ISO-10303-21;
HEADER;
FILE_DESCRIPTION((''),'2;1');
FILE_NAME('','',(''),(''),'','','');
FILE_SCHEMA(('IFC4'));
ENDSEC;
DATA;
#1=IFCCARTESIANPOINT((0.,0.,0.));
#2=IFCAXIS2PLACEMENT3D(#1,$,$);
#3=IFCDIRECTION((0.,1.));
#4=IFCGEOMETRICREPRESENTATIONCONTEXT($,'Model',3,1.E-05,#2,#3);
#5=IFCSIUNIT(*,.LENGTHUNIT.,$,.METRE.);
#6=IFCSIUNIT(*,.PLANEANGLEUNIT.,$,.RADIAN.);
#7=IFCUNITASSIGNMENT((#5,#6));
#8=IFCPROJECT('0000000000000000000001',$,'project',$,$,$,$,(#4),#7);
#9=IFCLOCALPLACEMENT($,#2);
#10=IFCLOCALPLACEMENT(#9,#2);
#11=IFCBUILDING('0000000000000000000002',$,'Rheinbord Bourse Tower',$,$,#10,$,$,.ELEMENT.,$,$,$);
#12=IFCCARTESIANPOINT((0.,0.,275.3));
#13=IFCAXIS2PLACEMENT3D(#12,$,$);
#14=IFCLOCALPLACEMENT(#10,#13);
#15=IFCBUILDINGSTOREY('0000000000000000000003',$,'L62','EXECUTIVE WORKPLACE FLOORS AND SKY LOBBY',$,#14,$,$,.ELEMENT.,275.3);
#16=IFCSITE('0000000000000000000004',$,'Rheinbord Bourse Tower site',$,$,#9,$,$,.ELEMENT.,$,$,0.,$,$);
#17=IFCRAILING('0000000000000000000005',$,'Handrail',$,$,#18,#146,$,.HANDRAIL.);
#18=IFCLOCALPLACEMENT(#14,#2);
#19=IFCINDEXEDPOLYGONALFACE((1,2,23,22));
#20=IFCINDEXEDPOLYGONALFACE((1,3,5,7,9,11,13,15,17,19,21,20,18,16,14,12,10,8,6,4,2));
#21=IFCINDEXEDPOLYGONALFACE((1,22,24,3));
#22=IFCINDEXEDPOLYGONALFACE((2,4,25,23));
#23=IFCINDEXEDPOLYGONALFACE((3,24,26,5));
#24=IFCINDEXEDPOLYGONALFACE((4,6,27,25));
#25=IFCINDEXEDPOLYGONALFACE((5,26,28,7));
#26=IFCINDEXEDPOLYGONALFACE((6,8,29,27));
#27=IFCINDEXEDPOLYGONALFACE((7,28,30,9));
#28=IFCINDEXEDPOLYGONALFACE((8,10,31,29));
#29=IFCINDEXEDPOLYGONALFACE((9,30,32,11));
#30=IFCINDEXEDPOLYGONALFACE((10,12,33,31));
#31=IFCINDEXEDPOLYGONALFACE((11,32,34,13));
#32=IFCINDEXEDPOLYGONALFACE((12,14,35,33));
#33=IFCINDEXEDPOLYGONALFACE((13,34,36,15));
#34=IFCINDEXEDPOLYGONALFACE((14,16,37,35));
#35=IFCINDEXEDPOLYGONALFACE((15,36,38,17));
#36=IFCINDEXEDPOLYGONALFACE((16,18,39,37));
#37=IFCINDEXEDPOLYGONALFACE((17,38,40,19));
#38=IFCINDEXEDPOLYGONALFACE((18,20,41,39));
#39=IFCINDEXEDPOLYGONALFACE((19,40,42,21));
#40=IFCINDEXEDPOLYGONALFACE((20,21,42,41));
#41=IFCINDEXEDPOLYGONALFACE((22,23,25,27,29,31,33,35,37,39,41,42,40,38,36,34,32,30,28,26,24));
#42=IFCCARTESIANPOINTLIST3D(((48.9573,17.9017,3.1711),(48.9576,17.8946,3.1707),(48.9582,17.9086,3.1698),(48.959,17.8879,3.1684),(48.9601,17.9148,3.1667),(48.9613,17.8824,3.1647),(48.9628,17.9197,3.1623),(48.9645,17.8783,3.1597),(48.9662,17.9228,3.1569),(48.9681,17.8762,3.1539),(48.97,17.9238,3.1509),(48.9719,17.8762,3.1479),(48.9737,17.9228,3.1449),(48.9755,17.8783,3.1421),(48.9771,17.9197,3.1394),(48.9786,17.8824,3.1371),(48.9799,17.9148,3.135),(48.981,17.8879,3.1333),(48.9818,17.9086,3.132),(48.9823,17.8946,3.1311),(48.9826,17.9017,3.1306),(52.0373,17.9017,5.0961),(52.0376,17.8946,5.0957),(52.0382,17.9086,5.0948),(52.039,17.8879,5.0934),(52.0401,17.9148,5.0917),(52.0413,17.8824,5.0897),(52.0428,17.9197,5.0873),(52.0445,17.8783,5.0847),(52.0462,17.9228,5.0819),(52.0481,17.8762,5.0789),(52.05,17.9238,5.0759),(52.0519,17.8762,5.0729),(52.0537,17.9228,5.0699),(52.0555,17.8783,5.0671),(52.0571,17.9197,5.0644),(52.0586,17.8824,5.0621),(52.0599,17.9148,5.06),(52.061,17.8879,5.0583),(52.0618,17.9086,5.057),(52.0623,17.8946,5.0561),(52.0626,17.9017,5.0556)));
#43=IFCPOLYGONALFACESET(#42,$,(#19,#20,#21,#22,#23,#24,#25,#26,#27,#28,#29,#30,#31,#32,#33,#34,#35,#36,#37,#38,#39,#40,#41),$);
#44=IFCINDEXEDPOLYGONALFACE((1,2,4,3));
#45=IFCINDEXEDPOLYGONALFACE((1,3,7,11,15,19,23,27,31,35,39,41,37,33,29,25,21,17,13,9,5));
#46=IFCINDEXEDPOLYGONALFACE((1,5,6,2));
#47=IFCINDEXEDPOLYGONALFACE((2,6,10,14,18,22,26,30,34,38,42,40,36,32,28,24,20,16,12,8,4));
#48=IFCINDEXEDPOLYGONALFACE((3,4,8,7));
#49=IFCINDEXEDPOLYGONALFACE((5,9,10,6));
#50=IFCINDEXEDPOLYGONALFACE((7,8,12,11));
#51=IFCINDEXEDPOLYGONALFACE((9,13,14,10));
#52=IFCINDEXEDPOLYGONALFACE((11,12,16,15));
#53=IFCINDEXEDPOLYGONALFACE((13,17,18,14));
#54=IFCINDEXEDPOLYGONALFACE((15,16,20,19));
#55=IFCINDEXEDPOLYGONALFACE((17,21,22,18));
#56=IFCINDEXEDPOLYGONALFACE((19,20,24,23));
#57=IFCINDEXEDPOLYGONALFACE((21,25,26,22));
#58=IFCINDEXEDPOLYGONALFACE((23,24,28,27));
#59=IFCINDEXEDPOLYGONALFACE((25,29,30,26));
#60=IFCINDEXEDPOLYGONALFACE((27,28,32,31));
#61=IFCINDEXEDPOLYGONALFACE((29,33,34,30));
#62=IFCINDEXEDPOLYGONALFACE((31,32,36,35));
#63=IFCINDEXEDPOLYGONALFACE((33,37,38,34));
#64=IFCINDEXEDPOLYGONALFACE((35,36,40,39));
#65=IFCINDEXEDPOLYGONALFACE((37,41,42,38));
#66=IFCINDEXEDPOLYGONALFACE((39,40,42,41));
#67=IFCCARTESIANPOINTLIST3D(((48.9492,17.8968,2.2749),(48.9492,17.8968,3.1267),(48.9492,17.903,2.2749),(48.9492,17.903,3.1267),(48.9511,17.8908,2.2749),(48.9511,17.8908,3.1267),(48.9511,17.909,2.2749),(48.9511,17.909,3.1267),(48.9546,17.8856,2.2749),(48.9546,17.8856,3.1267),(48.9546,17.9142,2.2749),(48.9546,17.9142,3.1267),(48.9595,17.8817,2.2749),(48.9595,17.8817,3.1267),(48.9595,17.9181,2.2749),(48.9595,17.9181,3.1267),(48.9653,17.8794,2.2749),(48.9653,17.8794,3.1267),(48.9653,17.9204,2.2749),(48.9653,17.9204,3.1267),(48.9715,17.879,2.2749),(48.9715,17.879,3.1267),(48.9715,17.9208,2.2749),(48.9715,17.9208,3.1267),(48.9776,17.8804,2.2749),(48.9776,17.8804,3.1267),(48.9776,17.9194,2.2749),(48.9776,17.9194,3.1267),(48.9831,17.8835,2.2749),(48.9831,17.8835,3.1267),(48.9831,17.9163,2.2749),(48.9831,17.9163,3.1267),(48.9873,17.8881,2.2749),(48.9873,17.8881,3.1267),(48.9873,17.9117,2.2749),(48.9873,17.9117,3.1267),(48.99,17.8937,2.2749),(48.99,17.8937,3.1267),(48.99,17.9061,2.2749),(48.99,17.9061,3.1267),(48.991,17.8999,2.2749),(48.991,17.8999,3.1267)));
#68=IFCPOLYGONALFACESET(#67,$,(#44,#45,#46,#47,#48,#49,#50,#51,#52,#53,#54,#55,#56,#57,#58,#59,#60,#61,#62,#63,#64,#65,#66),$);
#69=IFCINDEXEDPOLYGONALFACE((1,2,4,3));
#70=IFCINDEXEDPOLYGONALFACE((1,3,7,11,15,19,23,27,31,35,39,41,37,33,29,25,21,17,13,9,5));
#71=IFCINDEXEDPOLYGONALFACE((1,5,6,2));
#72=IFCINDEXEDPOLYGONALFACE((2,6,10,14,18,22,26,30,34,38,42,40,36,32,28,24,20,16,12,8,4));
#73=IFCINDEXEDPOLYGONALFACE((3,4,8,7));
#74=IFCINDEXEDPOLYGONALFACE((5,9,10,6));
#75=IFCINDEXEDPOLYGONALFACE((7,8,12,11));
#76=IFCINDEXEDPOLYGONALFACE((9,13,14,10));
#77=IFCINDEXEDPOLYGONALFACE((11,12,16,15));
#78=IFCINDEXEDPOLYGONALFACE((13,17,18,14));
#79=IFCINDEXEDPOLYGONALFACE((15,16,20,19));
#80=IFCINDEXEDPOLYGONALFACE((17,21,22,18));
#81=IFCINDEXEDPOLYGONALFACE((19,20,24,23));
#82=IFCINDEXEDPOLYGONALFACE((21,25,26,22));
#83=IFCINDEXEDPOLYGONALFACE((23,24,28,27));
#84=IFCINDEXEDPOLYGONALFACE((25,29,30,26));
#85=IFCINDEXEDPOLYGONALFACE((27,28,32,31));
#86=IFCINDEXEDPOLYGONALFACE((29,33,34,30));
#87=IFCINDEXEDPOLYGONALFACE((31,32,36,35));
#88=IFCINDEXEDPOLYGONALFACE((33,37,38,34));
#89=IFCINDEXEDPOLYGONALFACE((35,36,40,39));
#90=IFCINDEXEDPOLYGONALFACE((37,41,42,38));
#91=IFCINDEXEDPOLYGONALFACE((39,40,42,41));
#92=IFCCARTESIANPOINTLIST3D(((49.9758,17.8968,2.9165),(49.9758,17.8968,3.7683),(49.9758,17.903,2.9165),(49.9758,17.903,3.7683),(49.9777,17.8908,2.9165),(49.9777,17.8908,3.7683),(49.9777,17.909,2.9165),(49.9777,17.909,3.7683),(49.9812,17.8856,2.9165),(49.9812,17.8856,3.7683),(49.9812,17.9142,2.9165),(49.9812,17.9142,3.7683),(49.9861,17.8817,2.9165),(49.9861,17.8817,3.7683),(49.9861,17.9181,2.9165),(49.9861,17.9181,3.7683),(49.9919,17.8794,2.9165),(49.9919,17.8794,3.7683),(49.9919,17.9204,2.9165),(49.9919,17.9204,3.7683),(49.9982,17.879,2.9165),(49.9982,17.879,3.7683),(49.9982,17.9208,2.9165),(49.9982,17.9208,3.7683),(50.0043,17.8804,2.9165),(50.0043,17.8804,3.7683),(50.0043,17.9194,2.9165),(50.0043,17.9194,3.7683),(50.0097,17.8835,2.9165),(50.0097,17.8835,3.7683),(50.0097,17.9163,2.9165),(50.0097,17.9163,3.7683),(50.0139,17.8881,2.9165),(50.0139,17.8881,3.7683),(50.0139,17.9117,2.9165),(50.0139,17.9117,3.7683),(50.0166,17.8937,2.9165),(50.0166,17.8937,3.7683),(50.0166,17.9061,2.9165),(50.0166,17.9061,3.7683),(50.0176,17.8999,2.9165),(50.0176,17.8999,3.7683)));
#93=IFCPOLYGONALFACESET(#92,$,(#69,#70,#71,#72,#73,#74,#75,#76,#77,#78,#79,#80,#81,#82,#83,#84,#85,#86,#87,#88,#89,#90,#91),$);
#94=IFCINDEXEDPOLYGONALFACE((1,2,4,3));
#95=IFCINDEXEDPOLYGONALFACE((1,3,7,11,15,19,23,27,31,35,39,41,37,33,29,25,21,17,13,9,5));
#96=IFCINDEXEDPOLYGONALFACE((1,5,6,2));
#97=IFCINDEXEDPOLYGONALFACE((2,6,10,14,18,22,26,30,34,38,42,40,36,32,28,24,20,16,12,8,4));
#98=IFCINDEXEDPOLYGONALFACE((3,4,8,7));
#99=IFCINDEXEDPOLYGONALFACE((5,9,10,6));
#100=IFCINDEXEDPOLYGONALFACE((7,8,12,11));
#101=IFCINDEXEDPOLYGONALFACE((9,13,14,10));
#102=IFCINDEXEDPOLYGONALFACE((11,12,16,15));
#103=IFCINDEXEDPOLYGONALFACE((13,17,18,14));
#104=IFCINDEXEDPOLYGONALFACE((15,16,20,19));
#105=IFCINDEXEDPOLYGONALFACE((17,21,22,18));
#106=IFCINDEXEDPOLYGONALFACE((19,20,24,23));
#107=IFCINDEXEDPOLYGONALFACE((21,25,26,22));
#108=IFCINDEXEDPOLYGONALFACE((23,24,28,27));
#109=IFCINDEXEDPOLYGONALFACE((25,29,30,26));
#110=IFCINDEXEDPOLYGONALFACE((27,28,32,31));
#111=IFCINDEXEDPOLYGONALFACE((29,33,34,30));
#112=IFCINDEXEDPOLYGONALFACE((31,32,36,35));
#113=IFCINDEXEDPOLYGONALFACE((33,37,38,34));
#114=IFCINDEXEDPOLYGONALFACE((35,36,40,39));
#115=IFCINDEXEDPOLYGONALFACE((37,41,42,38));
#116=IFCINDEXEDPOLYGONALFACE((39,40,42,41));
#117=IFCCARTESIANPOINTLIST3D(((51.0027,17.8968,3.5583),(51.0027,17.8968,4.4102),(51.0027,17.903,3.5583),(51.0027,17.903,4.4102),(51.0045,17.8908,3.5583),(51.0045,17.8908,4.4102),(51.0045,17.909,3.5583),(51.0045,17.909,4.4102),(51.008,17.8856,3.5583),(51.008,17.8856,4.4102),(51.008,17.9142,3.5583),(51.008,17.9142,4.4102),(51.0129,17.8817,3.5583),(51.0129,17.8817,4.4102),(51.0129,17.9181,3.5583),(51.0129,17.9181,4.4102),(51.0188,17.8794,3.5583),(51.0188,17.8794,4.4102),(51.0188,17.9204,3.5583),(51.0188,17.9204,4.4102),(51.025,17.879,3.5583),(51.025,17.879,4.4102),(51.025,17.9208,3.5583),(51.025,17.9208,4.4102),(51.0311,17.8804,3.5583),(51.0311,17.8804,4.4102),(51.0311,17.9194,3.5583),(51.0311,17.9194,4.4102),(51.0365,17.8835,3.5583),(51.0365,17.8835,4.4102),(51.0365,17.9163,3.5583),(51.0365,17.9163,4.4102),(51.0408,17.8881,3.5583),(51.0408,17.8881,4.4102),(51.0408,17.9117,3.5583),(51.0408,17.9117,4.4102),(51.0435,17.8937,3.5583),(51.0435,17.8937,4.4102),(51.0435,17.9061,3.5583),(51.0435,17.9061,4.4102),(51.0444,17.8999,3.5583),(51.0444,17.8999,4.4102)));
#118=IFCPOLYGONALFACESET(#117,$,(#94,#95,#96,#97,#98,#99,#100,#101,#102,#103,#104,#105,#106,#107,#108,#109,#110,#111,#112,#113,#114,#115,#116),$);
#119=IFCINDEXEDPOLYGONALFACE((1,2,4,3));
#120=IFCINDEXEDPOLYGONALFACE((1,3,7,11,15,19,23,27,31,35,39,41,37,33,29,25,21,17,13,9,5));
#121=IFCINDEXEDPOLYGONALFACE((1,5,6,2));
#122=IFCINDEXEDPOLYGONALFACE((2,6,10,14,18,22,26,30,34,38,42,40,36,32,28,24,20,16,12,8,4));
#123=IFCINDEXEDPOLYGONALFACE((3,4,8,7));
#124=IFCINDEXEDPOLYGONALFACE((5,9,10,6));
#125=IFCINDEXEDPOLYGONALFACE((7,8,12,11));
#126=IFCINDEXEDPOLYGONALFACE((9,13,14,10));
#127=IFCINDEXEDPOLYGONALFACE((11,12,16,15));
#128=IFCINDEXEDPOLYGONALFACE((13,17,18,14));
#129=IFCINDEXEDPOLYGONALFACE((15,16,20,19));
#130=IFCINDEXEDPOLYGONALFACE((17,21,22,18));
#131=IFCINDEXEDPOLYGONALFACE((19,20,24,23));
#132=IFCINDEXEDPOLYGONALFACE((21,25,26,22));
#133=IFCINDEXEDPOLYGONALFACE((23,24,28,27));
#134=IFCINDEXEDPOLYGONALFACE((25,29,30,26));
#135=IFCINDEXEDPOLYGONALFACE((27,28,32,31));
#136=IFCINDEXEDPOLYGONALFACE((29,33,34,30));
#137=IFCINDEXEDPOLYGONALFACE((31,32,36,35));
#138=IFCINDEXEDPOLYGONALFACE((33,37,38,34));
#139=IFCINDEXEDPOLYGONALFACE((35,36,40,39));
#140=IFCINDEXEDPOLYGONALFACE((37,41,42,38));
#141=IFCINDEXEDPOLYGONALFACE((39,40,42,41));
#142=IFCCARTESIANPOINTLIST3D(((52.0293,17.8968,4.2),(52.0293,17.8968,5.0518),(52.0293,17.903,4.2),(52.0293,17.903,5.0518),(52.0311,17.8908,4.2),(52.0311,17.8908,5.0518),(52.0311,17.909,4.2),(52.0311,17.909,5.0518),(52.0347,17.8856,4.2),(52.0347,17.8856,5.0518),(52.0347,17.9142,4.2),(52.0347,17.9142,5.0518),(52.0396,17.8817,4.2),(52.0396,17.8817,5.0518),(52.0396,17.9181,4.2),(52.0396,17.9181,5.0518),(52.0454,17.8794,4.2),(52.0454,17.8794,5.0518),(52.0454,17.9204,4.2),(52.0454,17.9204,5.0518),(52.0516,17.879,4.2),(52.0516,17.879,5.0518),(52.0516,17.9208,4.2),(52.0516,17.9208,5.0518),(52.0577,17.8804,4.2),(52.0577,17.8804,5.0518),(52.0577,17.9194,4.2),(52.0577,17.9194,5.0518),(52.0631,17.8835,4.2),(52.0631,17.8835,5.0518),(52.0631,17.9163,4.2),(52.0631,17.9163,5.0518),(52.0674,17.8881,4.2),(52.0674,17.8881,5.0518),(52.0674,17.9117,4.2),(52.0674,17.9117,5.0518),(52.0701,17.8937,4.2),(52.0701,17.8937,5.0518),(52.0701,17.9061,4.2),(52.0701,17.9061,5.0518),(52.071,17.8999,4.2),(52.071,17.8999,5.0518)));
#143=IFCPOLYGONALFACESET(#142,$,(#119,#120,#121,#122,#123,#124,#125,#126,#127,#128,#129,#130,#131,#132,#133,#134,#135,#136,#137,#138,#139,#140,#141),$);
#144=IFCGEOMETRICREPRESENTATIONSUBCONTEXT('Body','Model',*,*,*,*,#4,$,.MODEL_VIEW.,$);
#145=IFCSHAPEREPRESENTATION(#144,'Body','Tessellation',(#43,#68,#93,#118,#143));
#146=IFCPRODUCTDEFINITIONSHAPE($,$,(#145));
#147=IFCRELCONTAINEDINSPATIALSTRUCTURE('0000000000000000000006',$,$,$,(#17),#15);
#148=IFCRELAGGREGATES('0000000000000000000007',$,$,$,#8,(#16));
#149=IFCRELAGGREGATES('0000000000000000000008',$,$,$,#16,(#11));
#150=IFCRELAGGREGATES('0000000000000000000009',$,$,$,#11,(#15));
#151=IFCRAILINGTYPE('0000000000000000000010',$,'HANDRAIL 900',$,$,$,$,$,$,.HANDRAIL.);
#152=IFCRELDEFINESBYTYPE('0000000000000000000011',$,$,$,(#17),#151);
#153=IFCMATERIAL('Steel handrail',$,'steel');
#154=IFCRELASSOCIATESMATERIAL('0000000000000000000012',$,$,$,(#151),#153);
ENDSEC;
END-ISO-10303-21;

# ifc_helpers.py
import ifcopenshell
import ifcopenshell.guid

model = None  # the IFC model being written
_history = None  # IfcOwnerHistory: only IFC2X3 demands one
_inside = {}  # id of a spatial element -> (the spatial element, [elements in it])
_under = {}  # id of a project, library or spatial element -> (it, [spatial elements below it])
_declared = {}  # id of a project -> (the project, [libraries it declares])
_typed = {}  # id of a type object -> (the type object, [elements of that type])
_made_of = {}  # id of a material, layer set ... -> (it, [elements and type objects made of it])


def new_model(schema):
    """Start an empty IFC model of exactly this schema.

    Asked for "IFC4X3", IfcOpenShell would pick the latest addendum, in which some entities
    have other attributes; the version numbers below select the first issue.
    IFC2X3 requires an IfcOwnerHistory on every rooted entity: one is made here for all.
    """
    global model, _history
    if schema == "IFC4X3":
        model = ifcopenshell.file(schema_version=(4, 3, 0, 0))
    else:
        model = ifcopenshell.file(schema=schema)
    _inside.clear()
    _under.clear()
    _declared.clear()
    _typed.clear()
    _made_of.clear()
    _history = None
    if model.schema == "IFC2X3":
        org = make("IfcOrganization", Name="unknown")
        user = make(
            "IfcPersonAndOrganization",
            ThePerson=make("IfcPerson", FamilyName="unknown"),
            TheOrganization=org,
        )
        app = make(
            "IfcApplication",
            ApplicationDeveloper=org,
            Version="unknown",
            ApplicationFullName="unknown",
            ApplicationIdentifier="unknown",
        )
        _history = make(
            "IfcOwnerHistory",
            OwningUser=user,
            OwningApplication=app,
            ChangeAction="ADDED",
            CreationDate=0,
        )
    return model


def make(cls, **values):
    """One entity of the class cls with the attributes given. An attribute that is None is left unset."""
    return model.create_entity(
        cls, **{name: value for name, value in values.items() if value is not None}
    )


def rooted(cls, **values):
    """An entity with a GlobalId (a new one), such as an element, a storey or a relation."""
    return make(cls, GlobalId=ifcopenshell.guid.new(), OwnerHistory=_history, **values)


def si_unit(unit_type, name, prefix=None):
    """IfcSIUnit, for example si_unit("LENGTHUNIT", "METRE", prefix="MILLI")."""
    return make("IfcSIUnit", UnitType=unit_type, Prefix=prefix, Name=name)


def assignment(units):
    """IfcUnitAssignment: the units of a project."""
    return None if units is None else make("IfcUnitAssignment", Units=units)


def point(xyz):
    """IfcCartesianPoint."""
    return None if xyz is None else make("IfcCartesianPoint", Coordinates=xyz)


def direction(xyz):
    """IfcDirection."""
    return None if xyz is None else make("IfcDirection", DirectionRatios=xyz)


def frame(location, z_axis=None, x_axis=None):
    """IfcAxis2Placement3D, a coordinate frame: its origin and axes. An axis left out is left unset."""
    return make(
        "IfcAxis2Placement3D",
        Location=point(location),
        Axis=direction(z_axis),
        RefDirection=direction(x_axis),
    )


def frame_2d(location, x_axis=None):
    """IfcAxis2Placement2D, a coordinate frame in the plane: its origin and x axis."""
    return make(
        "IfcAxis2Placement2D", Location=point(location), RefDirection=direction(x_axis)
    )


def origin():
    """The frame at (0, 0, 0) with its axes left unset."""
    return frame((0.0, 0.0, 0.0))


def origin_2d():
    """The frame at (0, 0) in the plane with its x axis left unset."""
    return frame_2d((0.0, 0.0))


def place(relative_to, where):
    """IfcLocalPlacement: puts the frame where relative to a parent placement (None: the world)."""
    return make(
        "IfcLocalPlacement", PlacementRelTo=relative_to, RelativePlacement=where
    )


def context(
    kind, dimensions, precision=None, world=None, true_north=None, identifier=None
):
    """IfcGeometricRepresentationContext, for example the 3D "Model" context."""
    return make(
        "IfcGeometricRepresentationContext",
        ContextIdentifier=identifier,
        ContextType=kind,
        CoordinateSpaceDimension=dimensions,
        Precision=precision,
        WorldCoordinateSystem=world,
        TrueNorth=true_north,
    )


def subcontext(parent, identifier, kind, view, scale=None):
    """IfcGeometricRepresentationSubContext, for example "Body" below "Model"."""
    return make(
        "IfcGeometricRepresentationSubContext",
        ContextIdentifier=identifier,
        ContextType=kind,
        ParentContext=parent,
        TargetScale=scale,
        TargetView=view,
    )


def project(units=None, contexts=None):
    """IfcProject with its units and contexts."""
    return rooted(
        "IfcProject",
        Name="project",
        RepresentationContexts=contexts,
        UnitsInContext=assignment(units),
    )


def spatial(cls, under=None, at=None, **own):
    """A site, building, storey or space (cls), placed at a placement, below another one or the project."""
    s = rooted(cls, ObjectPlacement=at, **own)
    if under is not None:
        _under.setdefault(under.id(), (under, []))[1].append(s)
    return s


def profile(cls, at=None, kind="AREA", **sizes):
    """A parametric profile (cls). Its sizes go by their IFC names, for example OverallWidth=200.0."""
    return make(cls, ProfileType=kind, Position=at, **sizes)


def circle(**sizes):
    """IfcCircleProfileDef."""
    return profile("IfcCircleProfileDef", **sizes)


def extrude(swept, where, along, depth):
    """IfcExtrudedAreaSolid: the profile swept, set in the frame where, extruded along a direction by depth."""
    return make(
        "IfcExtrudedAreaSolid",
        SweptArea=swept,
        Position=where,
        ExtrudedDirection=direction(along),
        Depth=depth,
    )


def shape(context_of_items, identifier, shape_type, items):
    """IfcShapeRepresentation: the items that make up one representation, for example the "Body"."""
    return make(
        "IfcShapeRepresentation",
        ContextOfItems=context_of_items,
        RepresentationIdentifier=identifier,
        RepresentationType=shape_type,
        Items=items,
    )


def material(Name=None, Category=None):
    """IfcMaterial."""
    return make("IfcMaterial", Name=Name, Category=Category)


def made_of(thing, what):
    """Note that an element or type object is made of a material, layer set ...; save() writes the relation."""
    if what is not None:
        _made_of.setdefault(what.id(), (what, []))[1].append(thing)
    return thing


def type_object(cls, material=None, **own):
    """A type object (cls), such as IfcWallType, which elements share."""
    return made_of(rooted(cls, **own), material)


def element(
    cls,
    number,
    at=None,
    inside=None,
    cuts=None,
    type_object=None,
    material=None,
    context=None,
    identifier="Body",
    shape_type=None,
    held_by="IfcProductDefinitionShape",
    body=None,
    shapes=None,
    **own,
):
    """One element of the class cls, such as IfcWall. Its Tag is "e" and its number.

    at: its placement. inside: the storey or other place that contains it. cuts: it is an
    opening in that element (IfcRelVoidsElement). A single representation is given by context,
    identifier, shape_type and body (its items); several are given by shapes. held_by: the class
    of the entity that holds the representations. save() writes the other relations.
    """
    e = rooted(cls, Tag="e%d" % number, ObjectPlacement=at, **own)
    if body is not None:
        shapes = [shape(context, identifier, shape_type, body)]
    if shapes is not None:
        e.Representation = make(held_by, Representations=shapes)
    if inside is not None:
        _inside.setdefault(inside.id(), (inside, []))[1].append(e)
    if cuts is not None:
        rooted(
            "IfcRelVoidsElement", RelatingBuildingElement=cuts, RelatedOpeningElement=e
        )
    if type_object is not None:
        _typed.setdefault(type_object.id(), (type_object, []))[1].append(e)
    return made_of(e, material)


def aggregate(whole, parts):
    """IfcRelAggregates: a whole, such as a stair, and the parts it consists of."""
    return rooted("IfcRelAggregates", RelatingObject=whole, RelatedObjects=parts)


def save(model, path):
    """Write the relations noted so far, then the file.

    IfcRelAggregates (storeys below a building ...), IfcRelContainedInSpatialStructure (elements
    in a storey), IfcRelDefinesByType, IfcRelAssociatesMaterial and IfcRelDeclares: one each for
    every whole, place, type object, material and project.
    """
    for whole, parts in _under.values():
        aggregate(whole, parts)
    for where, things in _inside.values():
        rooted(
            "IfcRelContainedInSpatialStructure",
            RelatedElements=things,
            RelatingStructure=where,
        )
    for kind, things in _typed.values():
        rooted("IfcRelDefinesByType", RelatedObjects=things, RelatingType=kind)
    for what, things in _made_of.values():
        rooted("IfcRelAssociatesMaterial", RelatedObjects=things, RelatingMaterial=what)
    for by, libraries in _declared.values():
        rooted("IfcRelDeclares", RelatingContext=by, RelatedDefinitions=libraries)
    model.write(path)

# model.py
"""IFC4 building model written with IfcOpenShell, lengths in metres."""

from ifc_helpers import new_model, si_unit, direction, frame, origin, origin_2d, place, context, subcontext, project, spatial, circle, extrude, material, type_object, element, save


model = new_model("IFC4")

# Units and contexts
model_context = context("Model", 3, precision=1e-05, world=origin(), true_north=direction((0.0, 1.0)))
body_context = subcontext(model_context, "Body", "Model", "MODEL_VIEW")
ifc_project = project(units=[si_unit("LENGTHUNIT", "METRE"), si_unit("PLANEANGLEUNIT", "RADIAN")], contexts=[model_context])

# Site, building, storey
site_placement = place(None, origin())
site = spatial("IfcSite", under=ifc_project, at=site_placement, Name="Rheinbord Bourse Tower site", CompositionType="ELEMENT", RefElevation=0.0)
building_placement = place(site_placement, origin())
building = spatial("IfcBuilding", under=site, at=building_placement, Name="Rheinbord Bourse Tower", CompositionType="ELEMENT")
storey_placement = place(building_placement, frame((0.0, 0.0, 275.3)))
storey = spatial("IfcBuildingStorey", under=building, at=storey_placement, Name="L62", Description="EXECUTIVE WORKPLACE FLOORS AND SKY LOBBY", CompositionType="ELEMENT", Elevation=275.3)

# Railing
ifc_material_1 = material(Name="Steel handrail", Category="steel")
railing_type = type_object("IfcRailingType", Name="HANDRAIL 900", PredefinedType="HANDRAIL", material=ifc_material_1)
railing_1_placement = place(storey_placement, frame((48.97, 17.8999, 2.2749)))
element("IfcRailing", 1, at=railing_1_placement, inside=storey, type_object=railing_type, Name="Handrail", PredefinedType="HANDRAIL", context=body_context, shape_type="SweptSolid", body=[
    extrude(circle(Radius=0.0239, at=origin_2d()), frame((0.0, 0.0, 0.876), z_axis=(0.847998, 0.0, 0.529999), x_axis=(0.0, 1.0, 0.0)), (0.0, 0.0, 1.0), 3.6321),
    extrude(circle(Radius=0.021, at=origin_2d()), origin(), (0.0, 0.0, 1.0), 0.8518),
    extrude(circle(Radius=0.021, at=origin_2d()), frame((1.0266, 0.0, 0.6416)), (0.0, 0.0, 1.0), 0.8518),
    extrude(circle(Radius=0.021, at=origin_2d()), frame((2.0535, 0.0, 1.2834)), (0.0, 0.0, 1.0), 0.8518),
    extrude(circle(Radius=0.021, at=origin_2d()), frame((3.0801, 0.0, 1.925)), (0.0, 0.0, 1.0), 0.8518),
])

save(model, "model.ifc")
